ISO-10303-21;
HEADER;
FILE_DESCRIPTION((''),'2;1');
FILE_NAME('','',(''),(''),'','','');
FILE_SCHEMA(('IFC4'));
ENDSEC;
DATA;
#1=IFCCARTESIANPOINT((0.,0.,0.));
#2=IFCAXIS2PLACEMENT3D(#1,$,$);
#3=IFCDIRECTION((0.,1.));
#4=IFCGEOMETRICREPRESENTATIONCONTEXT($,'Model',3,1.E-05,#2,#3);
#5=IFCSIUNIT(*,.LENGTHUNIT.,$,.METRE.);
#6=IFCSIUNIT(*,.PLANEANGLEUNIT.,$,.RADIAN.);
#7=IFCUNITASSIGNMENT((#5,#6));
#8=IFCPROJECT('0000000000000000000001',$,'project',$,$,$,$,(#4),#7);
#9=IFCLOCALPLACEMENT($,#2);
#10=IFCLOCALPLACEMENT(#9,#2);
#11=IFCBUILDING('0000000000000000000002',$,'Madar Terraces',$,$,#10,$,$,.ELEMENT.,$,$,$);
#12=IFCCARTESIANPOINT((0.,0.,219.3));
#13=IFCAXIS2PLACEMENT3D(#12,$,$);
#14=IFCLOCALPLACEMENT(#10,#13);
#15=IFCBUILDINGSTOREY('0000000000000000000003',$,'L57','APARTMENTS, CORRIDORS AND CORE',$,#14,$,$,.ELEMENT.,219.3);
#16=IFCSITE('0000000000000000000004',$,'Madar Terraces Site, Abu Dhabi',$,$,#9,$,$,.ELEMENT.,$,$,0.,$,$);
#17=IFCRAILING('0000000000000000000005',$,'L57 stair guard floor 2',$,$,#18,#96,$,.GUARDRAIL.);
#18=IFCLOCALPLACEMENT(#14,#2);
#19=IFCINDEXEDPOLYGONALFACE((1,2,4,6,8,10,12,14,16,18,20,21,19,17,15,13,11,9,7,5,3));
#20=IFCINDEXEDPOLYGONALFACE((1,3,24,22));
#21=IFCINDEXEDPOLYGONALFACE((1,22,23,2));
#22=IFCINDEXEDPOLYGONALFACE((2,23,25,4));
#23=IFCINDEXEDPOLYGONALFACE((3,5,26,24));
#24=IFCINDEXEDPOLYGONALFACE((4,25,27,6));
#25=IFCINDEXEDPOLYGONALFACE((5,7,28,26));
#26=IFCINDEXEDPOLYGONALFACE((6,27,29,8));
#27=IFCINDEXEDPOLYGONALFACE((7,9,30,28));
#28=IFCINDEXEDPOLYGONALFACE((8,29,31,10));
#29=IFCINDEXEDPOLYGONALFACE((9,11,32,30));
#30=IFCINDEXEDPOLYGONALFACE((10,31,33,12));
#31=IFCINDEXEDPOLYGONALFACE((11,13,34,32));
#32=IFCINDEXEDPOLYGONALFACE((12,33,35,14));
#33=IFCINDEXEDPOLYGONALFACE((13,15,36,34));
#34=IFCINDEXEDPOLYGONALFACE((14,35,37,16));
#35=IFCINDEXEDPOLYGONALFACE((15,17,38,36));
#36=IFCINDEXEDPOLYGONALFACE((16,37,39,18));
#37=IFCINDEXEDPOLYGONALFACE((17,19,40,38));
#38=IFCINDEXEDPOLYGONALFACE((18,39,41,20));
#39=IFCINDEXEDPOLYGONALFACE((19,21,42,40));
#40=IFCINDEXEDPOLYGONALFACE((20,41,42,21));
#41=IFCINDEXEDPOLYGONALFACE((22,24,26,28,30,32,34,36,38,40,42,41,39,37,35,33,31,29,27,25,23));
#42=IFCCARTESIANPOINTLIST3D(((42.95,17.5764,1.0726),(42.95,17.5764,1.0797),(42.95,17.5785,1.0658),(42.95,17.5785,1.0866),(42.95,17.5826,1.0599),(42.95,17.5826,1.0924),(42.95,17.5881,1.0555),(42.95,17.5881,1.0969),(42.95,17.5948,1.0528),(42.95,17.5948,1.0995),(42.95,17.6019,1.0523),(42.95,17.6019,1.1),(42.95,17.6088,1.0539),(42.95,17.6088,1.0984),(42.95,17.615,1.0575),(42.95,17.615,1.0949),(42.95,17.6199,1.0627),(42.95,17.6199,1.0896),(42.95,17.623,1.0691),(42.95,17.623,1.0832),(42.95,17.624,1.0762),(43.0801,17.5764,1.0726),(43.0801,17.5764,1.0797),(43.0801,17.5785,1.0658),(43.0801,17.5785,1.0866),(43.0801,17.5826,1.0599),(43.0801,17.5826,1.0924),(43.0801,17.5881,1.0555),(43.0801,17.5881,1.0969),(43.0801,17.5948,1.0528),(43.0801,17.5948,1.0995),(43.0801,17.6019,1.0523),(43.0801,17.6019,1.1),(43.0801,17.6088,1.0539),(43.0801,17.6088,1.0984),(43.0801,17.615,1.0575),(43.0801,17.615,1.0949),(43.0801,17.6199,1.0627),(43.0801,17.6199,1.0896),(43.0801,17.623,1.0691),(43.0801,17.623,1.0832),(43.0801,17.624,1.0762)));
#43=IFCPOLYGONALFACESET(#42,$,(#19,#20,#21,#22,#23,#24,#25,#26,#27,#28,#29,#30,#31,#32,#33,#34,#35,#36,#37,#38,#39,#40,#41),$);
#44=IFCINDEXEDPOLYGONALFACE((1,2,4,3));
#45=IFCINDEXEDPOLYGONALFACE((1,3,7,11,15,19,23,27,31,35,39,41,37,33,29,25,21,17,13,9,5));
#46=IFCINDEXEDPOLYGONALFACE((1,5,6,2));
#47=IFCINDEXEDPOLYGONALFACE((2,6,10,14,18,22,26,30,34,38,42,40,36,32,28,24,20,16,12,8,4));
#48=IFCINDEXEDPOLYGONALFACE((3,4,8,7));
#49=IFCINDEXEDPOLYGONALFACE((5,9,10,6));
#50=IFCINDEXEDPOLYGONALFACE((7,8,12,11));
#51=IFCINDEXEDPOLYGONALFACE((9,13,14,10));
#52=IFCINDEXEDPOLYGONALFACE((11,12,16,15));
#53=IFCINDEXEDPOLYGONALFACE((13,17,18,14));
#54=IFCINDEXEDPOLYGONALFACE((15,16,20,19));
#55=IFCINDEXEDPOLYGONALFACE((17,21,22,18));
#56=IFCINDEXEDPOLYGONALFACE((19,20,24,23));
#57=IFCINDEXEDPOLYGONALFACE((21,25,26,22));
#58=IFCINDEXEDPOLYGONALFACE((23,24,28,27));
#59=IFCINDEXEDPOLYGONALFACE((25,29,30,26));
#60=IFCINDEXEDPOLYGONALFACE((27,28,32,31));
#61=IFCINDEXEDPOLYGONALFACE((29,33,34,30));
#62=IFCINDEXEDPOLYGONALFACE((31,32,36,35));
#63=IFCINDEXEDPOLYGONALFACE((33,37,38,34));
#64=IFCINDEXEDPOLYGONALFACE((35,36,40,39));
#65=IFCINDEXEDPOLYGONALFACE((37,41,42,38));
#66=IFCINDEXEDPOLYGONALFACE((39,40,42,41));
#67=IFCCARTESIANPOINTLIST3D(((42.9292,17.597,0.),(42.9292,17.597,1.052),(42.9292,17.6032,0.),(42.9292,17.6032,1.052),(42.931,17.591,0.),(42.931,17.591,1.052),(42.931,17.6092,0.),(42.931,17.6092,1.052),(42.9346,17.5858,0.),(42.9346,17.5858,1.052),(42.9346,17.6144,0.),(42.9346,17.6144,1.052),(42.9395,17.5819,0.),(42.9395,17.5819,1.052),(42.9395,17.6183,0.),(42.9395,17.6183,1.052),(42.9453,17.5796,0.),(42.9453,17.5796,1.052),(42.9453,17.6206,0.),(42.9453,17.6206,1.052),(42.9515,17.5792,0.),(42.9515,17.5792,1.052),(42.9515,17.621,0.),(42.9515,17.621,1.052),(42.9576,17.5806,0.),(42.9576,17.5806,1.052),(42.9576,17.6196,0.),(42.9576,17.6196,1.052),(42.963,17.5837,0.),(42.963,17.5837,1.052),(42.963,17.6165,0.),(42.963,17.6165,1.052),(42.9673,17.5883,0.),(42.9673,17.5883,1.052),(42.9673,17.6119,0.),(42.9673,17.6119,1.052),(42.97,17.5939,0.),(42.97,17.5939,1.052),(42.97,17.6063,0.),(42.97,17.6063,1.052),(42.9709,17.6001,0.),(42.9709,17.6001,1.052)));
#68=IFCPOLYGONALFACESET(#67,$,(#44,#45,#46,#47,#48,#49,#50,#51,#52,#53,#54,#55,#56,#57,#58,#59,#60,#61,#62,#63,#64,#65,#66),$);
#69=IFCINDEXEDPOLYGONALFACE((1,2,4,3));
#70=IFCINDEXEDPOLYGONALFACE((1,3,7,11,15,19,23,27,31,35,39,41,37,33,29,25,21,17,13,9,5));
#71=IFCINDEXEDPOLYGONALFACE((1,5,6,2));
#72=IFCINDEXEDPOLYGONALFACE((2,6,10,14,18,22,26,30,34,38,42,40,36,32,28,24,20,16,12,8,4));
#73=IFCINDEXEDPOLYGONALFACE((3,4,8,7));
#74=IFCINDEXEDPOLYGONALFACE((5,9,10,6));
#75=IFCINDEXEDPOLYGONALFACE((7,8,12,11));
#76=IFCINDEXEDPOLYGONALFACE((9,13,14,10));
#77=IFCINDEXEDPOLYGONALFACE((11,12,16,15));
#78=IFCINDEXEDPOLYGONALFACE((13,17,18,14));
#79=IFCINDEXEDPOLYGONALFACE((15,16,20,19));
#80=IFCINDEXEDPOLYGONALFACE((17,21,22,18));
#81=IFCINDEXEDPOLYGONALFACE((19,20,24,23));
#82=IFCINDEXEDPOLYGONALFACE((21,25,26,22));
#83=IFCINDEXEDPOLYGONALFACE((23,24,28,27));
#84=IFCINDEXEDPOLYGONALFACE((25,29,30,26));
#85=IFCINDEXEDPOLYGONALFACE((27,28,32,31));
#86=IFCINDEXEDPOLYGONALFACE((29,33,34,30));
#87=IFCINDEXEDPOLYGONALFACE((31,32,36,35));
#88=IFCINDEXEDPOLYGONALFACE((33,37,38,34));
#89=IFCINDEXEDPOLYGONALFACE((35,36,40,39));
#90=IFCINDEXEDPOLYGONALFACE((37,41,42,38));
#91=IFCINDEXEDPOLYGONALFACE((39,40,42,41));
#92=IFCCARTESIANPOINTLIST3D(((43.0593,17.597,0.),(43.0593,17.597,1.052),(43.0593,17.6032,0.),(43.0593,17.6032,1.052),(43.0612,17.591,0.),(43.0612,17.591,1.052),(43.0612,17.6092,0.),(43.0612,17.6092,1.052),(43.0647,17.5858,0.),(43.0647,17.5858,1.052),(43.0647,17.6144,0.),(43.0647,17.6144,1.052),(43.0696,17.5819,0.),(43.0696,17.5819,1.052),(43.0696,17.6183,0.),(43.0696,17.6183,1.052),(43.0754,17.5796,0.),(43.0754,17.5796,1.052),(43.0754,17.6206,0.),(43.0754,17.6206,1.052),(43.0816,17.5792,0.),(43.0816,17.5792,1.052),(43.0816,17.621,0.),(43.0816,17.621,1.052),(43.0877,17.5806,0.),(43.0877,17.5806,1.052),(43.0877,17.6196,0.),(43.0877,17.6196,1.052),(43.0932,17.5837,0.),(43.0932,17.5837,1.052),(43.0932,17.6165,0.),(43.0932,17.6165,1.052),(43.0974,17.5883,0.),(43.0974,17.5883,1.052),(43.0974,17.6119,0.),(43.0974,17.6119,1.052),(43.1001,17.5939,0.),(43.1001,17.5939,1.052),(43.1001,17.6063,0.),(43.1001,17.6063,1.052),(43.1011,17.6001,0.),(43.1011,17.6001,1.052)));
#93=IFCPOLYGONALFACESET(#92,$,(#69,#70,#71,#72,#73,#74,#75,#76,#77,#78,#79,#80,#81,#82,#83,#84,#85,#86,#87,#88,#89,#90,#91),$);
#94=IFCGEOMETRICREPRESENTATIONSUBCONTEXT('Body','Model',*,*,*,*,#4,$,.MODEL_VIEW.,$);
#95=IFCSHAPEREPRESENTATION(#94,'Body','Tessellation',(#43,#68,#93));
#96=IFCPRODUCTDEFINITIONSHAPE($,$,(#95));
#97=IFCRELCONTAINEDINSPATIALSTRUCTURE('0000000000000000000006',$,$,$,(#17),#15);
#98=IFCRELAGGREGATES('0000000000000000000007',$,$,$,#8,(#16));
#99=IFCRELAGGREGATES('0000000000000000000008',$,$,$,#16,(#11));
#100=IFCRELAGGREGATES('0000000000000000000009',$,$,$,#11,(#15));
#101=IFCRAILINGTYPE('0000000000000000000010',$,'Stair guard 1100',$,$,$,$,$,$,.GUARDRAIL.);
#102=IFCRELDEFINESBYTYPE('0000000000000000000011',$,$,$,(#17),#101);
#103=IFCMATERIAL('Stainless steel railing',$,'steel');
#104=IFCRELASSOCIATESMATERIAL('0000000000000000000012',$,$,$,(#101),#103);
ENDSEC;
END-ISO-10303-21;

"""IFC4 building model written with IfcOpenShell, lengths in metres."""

from ifc_helpers import new_model, si_unit, direction, frame, origin, origin_2d, place, context, subcontext, project, spatial, circle, extrude, material, type_object, element, save


model = new_model("IFC4")

# Units and contexts
model_context = context("Model", 3, precision=1e-05, world=origin(), true_north=direction((0.0, 1.0)))
body_context = subcontext(model_context, "Body", "Model", "MODEL_VIEW")
ifc_project = project(units=[si_unit("LENGTHUNIT", "METRE"), si_unit("PLANEANGLEUNIT", "RADIAN")], contexts=[model_context])

# Site, building, storey
site_placement = place(None, origin())
site = spatial("IfcSite", under=ifc_project, at=site_placement, Name="Madar Terraces Site, Abu Dhabi", CompositionType="ELEMENT", RefElevation=0.0)
building_placement = place(site_placement, origin())
building = spatial("IfcBuilding", under=site, at=building_placement, Name="Madar Terraces", CompositionType="ELEMENT")
storey_placement = place(building_placement, frame((0.0, 0.0, 219.3)))
storey = spatial("IfcBuildingStorey", under=building, at=storey_placement, Name="L57", Description="APARTMENTS, CORRIDORS AND CORE", CompositionType="ELEMENT", Elevation=219.3)

# Railing
ifc_material_1 = material(Name="Stainless steel railing", Category="steel")
railing_type_1 = type_object("IfcRailingType", Name="Stair guard 1100", PredefinedType="GUARDRAIL", material=ifc_material_1)
railing_1_placement = place(storey_placement, frame((42.95, 17.6001, 0.0)))
element("IfcRailing", 1, at=railing_1_placement, inside=storey, type_object=railing_type_1, Name="L57 stair guard floor 2", PredefinedType="GUARDRAIL", context=body_context, shape_type="SweptSolid", body=[
    extrude(circle(Radius=0.0239, at=origin_2d()), frame((0.0, 0.0, 1.0762), z_axis=(1.0, 0.0, 0.0), x_axis=(0.0, 1.0, 0.0)), (0.0, 0.0, 1.0), 0.1301),
    extrude(circle(Radius=0.021, at=origin_2d()), origin(), (0.0, 0.0, 1.0), 1.052),
    extrude(circle(Radius=0.021, at=origin_2d()), frame((0.1301, 0.0, 0.0)), (0.0, 0.0, 1.0), 1.052),
])

save(model, "model.ifc")
